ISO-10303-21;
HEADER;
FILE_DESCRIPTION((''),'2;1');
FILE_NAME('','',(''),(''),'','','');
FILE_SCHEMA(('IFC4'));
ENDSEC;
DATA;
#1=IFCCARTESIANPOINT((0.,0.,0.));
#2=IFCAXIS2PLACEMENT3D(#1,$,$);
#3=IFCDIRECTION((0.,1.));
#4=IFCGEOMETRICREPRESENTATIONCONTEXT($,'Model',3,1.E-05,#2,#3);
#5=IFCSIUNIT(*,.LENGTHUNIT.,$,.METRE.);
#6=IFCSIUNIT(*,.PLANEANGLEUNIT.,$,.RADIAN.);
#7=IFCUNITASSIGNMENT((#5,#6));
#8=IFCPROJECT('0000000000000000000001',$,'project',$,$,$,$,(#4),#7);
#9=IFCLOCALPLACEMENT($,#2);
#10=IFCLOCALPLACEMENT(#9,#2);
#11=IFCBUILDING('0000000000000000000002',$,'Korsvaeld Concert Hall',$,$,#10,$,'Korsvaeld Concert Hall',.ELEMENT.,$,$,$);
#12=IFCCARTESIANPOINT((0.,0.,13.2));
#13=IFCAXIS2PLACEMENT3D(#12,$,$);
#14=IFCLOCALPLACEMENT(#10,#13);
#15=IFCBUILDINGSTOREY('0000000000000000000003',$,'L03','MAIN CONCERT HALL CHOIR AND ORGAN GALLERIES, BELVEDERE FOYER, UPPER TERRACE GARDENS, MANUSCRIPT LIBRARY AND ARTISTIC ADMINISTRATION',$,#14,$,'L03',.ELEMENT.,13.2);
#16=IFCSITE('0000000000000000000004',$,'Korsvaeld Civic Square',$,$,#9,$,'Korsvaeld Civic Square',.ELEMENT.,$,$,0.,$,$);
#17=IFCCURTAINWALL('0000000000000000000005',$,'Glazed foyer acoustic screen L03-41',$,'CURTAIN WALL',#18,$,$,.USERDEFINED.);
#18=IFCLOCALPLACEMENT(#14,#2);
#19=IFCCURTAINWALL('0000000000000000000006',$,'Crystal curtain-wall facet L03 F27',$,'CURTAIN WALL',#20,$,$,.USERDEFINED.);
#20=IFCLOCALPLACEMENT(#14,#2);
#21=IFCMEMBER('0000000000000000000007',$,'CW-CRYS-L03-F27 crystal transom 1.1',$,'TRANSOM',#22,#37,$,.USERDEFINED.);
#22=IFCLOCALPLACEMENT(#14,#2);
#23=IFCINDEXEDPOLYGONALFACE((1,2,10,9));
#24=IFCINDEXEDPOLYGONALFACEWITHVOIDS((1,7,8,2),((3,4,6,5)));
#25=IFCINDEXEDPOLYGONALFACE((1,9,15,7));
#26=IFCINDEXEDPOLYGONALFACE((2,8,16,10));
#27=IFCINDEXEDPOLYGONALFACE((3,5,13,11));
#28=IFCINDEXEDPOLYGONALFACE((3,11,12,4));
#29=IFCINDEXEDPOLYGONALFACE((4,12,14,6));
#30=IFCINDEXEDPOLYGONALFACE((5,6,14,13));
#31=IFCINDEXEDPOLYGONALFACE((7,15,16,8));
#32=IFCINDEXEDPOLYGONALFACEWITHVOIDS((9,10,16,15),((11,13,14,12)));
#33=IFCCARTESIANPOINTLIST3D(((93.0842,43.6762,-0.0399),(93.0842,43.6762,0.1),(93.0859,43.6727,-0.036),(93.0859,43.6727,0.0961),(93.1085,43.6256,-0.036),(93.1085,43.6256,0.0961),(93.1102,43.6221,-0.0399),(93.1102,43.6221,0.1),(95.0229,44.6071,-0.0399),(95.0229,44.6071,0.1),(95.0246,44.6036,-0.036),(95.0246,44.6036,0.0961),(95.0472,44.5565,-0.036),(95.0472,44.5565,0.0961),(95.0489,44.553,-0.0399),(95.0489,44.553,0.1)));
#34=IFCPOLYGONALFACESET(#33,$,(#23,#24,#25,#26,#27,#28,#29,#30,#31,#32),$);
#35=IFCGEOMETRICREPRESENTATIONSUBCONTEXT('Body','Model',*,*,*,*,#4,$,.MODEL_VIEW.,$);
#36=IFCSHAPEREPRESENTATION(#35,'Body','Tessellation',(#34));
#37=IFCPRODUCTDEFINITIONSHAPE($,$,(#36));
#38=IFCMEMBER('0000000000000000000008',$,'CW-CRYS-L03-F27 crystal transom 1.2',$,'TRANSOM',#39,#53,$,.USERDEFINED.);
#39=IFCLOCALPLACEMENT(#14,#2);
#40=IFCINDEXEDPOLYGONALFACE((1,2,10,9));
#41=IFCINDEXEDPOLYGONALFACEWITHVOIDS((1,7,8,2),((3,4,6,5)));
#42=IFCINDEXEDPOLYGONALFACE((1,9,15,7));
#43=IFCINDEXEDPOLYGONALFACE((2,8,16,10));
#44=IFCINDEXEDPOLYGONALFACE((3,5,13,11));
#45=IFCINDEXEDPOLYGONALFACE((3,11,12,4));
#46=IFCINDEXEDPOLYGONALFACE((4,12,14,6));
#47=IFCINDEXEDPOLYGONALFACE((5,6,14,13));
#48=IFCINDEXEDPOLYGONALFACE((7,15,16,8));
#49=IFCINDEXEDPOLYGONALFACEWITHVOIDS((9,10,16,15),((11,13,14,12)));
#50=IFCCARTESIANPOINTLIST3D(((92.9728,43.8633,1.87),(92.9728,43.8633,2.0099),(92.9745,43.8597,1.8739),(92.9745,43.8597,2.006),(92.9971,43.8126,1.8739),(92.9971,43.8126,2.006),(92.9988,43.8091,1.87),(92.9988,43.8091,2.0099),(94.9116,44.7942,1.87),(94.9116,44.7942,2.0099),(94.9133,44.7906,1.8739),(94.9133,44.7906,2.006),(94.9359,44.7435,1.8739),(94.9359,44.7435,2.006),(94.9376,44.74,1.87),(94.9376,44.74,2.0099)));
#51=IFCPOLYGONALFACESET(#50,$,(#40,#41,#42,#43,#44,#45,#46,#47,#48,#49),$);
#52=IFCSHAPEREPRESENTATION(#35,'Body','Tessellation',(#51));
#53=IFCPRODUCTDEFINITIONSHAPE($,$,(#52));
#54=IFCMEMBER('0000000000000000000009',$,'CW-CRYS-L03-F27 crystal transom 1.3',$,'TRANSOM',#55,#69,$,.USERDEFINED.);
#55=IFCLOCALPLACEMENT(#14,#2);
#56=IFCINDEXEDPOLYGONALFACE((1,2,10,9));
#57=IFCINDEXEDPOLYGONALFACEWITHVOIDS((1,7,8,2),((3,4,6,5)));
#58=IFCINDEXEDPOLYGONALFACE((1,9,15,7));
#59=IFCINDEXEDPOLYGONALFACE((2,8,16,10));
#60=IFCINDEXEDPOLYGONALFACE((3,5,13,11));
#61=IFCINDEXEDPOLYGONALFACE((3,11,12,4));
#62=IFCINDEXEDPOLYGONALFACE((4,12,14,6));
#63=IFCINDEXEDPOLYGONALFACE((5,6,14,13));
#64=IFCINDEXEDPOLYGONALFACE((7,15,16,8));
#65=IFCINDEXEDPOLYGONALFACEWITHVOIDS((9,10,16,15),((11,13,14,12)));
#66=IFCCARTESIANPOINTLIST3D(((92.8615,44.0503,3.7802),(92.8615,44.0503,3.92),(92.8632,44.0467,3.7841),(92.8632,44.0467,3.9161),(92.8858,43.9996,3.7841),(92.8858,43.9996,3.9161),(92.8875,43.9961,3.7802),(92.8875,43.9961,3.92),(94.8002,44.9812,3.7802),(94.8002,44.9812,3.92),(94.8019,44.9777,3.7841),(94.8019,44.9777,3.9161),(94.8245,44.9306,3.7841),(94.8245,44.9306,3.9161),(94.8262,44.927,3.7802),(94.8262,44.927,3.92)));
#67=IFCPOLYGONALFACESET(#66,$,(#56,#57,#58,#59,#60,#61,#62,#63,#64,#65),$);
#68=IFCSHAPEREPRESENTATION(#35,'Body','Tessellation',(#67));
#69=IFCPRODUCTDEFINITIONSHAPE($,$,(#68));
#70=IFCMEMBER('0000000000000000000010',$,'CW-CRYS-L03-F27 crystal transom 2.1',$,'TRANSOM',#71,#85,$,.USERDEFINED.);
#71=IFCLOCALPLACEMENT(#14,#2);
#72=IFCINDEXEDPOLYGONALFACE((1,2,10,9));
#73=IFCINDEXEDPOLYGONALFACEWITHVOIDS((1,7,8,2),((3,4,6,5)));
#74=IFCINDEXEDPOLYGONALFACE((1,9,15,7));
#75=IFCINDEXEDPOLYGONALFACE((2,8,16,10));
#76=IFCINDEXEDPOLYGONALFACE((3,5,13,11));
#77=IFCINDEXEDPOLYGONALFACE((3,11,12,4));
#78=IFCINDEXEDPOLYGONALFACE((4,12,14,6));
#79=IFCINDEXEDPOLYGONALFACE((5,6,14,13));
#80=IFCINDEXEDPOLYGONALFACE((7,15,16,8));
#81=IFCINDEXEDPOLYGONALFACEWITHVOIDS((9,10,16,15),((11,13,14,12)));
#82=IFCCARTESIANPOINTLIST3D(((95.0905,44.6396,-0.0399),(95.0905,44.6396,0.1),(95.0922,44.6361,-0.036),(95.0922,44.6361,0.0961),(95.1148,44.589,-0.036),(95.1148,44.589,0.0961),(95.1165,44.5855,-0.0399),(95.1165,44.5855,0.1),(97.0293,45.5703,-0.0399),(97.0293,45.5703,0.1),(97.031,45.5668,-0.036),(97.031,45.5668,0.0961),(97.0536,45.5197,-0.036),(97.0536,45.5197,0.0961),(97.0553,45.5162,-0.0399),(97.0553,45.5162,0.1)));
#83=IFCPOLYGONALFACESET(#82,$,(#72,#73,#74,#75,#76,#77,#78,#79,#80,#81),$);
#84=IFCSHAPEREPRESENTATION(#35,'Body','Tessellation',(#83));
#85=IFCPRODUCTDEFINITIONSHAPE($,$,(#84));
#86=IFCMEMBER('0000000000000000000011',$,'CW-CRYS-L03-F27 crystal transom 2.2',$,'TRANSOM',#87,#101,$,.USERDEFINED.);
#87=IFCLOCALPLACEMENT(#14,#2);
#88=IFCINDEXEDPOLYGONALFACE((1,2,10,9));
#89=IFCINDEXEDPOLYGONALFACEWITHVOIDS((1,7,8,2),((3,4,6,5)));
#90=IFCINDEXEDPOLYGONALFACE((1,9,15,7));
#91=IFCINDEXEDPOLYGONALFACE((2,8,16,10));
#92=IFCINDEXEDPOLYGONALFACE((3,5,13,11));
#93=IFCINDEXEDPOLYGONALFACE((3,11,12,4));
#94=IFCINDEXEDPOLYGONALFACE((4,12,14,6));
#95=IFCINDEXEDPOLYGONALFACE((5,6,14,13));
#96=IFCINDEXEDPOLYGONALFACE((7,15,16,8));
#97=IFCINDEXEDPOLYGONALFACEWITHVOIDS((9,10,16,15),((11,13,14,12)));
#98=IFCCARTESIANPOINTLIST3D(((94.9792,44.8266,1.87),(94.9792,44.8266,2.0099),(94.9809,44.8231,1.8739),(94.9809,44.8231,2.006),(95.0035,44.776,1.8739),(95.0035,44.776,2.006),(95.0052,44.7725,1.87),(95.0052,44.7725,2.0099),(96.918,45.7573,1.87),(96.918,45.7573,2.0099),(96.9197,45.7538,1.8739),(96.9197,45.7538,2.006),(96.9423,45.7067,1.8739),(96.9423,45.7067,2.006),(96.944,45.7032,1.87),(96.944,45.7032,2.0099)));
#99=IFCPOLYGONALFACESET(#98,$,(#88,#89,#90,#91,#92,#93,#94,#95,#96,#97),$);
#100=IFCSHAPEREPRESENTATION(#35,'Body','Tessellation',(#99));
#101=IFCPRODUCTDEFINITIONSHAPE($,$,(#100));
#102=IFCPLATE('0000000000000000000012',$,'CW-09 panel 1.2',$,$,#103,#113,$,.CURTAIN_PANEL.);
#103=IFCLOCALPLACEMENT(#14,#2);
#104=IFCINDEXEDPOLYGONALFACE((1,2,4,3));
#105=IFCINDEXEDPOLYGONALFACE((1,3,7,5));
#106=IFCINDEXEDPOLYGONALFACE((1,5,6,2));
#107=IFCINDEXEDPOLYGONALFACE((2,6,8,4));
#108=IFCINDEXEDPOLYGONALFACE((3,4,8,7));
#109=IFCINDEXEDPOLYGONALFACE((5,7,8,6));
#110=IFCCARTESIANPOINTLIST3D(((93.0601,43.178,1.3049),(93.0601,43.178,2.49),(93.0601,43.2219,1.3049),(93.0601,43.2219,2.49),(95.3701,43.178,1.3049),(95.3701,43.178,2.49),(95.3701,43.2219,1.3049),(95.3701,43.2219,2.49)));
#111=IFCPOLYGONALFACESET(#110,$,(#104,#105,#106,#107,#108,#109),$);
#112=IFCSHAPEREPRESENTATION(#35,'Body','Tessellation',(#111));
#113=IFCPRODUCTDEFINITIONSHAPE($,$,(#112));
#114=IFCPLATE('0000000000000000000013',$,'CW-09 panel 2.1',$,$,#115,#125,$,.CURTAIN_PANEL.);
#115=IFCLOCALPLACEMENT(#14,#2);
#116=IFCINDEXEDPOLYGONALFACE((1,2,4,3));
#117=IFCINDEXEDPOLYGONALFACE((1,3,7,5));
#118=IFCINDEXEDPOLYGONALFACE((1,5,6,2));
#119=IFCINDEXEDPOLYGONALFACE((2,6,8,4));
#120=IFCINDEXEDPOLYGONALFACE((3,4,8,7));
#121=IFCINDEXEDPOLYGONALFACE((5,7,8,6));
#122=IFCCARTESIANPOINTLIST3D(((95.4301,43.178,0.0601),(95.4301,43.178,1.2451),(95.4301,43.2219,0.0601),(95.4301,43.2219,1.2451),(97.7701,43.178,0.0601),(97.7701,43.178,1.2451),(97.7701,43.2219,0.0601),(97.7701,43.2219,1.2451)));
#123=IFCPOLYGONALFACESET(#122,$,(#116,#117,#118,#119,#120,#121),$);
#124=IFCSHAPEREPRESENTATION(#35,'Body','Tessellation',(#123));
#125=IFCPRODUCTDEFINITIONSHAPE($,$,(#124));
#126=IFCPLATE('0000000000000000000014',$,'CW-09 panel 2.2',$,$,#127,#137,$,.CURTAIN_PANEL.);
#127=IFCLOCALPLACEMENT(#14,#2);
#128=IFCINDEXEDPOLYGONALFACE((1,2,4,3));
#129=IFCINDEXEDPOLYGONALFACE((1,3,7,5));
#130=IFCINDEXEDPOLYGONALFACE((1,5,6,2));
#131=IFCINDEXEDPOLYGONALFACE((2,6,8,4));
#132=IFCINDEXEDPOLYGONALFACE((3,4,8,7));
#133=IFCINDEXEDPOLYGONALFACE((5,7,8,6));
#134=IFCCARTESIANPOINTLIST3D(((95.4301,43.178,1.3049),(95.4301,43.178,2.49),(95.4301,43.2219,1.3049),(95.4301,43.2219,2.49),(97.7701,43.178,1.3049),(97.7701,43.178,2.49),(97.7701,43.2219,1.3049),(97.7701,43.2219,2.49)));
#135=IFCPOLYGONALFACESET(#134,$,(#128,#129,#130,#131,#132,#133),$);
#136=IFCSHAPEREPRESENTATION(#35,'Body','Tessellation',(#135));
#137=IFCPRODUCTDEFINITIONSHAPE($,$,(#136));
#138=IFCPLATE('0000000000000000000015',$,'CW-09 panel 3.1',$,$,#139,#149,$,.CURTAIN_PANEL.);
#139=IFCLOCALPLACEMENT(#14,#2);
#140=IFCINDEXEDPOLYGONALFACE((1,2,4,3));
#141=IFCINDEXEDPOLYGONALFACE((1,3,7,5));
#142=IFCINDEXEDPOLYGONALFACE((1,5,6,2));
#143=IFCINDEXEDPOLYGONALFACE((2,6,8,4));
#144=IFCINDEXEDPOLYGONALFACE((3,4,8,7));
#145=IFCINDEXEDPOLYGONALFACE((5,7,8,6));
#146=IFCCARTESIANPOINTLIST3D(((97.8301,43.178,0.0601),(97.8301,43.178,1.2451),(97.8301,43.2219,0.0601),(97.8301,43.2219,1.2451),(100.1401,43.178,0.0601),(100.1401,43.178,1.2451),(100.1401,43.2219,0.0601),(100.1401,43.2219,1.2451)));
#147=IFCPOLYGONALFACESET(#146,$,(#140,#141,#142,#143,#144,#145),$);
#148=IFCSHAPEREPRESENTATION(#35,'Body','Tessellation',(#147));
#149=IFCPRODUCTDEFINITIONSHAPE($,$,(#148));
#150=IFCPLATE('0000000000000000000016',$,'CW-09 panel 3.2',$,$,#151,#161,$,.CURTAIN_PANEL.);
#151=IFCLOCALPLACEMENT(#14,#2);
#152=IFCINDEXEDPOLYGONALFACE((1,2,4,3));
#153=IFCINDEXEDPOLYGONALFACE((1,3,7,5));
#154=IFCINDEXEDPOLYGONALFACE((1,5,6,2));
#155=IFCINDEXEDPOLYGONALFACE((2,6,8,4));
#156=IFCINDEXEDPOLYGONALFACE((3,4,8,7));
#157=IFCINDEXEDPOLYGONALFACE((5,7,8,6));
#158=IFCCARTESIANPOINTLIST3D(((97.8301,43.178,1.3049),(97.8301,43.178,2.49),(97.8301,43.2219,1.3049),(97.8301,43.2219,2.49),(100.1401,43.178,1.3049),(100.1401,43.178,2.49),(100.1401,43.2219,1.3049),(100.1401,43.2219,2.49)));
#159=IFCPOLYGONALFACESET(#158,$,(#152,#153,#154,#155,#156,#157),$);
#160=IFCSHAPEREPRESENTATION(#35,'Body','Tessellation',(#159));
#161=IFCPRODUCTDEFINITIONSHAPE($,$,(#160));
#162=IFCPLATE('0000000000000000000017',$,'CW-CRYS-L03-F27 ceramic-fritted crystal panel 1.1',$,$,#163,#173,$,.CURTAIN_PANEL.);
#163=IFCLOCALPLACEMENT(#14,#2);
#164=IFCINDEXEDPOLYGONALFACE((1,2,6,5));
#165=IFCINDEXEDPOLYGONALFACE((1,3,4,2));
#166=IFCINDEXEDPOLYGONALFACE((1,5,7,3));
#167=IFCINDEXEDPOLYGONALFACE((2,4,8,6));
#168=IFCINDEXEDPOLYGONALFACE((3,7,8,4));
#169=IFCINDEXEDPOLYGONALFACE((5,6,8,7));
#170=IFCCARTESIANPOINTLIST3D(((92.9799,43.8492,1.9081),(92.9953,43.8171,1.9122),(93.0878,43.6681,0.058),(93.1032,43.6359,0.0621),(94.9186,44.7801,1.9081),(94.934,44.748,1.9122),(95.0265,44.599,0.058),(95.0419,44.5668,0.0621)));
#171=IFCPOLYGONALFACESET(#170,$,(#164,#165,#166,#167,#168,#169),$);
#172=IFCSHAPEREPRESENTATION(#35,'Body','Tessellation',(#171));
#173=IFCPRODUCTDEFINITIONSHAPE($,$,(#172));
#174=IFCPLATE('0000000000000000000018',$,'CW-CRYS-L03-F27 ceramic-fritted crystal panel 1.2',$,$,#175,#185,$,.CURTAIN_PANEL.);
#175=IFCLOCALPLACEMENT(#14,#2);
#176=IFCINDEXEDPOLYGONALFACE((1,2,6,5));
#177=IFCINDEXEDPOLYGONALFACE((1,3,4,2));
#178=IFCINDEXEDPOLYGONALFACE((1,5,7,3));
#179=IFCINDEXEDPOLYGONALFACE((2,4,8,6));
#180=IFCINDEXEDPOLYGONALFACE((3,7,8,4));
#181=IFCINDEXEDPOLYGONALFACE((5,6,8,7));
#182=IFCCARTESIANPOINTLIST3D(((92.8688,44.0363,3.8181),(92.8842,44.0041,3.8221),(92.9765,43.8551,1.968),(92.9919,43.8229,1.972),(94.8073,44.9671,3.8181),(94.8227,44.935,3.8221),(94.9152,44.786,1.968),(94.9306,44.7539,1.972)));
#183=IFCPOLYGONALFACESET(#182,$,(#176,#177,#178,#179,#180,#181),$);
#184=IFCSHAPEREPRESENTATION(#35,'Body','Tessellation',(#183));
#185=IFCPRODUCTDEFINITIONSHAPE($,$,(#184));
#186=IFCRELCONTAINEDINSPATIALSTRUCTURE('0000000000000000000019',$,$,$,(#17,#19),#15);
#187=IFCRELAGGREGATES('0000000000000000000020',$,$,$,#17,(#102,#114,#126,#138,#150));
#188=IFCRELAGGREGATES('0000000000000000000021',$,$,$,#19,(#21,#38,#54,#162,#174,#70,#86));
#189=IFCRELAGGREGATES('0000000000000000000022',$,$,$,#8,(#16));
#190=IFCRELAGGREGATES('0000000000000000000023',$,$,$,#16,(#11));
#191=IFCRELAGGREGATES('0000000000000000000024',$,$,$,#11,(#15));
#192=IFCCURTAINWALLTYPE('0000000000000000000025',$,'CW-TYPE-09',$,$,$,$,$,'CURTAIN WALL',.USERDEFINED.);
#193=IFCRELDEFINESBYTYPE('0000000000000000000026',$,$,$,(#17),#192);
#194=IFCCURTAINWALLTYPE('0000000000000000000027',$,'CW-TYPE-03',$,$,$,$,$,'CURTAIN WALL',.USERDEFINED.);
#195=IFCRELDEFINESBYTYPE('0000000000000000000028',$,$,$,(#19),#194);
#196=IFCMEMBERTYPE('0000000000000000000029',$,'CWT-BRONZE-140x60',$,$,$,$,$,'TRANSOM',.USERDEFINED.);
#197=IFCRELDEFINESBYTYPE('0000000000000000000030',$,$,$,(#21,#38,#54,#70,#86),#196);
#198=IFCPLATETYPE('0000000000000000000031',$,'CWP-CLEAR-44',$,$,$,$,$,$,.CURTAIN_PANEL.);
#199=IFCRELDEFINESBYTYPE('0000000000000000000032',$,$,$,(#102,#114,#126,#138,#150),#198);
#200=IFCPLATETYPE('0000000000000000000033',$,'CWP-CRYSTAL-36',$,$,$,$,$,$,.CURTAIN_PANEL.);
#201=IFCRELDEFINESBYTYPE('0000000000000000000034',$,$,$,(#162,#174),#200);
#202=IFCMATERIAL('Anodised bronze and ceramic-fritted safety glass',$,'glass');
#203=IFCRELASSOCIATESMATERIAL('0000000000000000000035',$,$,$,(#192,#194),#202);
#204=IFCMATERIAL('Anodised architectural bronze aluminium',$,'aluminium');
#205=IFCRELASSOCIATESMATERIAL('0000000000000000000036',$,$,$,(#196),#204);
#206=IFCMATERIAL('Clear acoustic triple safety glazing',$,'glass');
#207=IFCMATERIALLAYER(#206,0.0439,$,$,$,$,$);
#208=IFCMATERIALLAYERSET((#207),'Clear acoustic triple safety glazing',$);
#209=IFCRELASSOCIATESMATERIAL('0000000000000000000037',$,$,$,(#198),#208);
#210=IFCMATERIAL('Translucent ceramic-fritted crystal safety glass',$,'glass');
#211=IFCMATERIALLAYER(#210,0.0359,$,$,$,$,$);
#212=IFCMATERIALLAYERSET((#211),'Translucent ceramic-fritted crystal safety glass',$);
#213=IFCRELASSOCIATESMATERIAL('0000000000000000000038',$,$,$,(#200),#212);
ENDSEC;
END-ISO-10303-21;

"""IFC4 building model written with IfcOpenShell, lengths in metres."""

from ifc_helpers import new_model, si_unit, direction, frame, origin, origin_2d, place, context, subcontext, project, spatial, polyline, rectangle, hollow_rectangle, outline, extrude, material, layer, layer_set, material_profile, profile_set, type_object, element, aggregate, save


model = new_model("IFC4")

# Units and contexts
model_context = context("Model", 3, precision=1e-05, world=origin(), true_north=direction((0.0, 1.0)))
body_context = subcontext(model_context, "Body", "Model", "MODEL_VIEW")
ifc_project = project(units=[si_unit("LENGTHUNIT", "METRE"), si_unit("PLANEANGLEUNIT", "RADIAN")], contexts=[model_context])

# Site, building, storey
site_placement = place(None, origin())
site = spatial("IfcSite", under=ifc_project, at=site_placement, Name="Korsvaeld Civic Square", LongName="Korsvaeld Civic Square", CompositionType="ELEMENT", RefElevation=0.0)
building_placement = place(site_placement, origin())
building = spatial("IfcBuilding", under=site, at=building_placement, Name="Korsvaeld Concert Hall", LongName="Korsvaeld Concert Hall", CompositionType="ELEMENT")
storey_placement = place(building_placement, frame((0.0, 0.0, 13.2)))
storey = spatial("IfcBuildingStorey", under=building, at=storey_placement, Name="L03", Description="MAIN CONCERT HALL CHOIR AND ORGAN GALLERIES, BELVEDERE FOYER, UPPER TERRACE GARDENS, MANUSCRIPT LIBRARY AND ARTISTIC ADMINISTRATION", LongName="L03", CompositionType="ELEMENT", Elevation=13.2)

# Curtain wall
ifc_material_1 = material(Name="Anodised bronze and ceramic-fritted safety glass", Category="glass")
curtain_wall_type_1 = type_object("IfcCurtainWallType", Name="CW-TYPE-09", ElementType="CURTAIN WALL", PredefinedType="USERDEFINED", material=ifc_material_1)
curtain_wall_1_placement = place(storey_placement, origin())
curtain_wall_1 = element("IfcCurtainWall", 1, at=curtain_wall_1_placement, inside=storey, type_object=curtain_wall_type_1, Name="Glazed foyer acoustic screen L03-41", ObjectType="CURTAIN WALL", PredefinedType="USERDEFINED")
ifc_material_2 = material(Name="Anodised architectural bronze aluminium", Category="aluminium")

# Curtain wall
curtain_wall_type_2 = type_object("IfcCurtainWallType", Name="CW-TYPE-03", ElementType="CURTAIN WALL", PredefinedType="USERDEFINED", material=ifc_material_1)
curtain_wall_2_placement = place(storey_placement, origin())
curtain_wall_2 = element("IfcCurtainWall", 2, at=curtain_wall_2_placement, inside=storey, type_object=curtain_wall_type_2, Name="Crystal curtain-wall facet L03 F27", ObjectType="CURTAIN WALL", PredefinedType="USERDEFINED")

# Members
ifc_material_profile_1 = material_profile(ifc_material_2, hollow_rectangle(XDim=0.0601, YDim=0.1399, WallThickness=0.0039, at=origin_2d()), Name="CWT 140x60x4")
ifc_profile_set_1 = profile_set([ifc_material_profile_1], Name="Anodised architectural bronze aluminium")
member_type_1 = type_object("IfcMemberType", Name="CWT-BRONZE-140x60", ElementType="TRANSOM", PredefinedType="USERDEFINED", material=ifc_profile_set_1)
member_1_placement = place(storey_placement, frame((93.0972, 43.6492, 0.03), z_axis=(0.901465, 0.432853, 0.0), x_axis=(-0.432853, 0.901465, 0.0)))
member_1 = element("IfcMember", 3, at=member_1_placement, type_object=member_type_1, Name="CW-CRYS-L03-F27 crystal transom 1.1", ObjectType="TRANSOM", PredefinedType="USERDEFINED", context=body_context, shape_type="SweptSolid", body=[
    extrude(hollow_rectangle(XDim=0.0601, YDim=0.1399, WallThickness=0.0039, at=origin_2d()), origin(), (0.0, 0.0, 1.0), 2.1506),
])
member_2_placement = place(storey_placement, frame((92.9858, 43.8362, 1.9399), z_axis=(0.901465, 0.432853, 0.0), x_axis=(-0.432853, 0.901465, 0.0)))
member_2 = element("IfcMember", 4, at=member_2_placement, type_object=member_type_1, Name="CW-CRYS-L03-F27 crystal transom 1.2", ObjectType="TRANSOM", PredefinedType="USERDEFINED", context=body_context, shape_type="SweptSolid", body=[
    extrude(hollow_rectangle(XDim=0.0601, YDim=0.1399, WallThickness=0.0039, at=origin_2d()), origin(), (0.0, 0.0, 1.0), 2.1506),
])
member_3_placement = place(storey_placement, frame((92.8745, 44.0232, 3.8501), z_axis=(0.901465, 0.432853, 0.0), x_axis=(-0.432853, 0.901465, 0.0)))
member_3 = element("IfcMember", 5, at=member_3_placement, type_object=member_type_1, Name="CW-CRYS-L03-F27 crystal transom 1.3", ObjectType="TRANSOM", PredefinedType="USERDEFINED", context=body_context, shape_type="SweptSolid", body=[
    extrude(hollow_rectangle(XDim=0.0601, YDim=0.1399, WallThickness=0.0039, at=origin_2d()), origin(), (0.0, 0.0, 1.0), 2.1506),
])
member_4_placement = place(storey_placement, frame((95.1035, 44.6125, 0.03), z_axis=(0.901509, 0.432761, 0.0), x_axis=(-0.432761, 0.901509, 0.0)))
member_4 = element("IfcMember", 6, at=member_4_placement, type_object=member_type_1, Name="CW-CRYS-L03-F27 crystal transom 2.1", ObjectType="TRANSOM", PredefinedType="USERDEFINED", context=body_context, shape_type="SweptSolid", body=[
    extrude(hollow_rectangle(XDim=0.0601, YDim=0.1399, WallThickness=0.0039, at=origin_2d()), origin(), (0.0, 0.0, 1.0), 2.1506),
])
member_5_placement = place(storey_placement, frame((94.9922, 44.7996, 1.9399), z_axis=(0.901509, 0.432761, 0.0), x_axis=(-0.432761, 0.901509, 0.0)))
member_5 = element("IfcMember", 7, at=member_5_placement, type_object=member_type_1, Name="CW-CRYS-L03-F27 crystal transom 2.2", ObjectType="TRANSOM", PredefinedType="USERDEFINED", context=body_context, shape_type="SweptSolid", body=[
    extrude(hollow_rectangle(XDim=0.0601, YDim=0.1399, WallThickness=0.0039, at=origin_2d()), origin(), (0.0, 0.0, 1.0), 2.1506),
])

# Plates
ifc_material_3 = material(Name="Clear acoustic triple safety glazing", Category="glass")
ifc_layer_1 = layer(ifc_material_3, 0.0439)
ifc_layer_set_1 = layer_set([ifc_layer_1], Name="Clear acoustic triple safety glazing")
plate_type_1 = type_object("IfcPlateType", Name="CWP-CLEAR-44", PredefinedType="CURTAIN_PANEL", material=ifc_layer_set_1)
plate_1_placement = place(storey_placement, frame((94.2151, 43.2, 1.3049), z_axis=(0.0, 0.0, 1.0), x_axis=(1.0, 0.0, 0.0)))
plate_1 = element("IfcPlate", 8, at=plate_1_placement, type_object=plate_type_1, Name="CW-09 panel 1.2", PredefinedType="CURTAIN_PANEL", context=body_context, shape_type="SweptSolid", body=[
    extrude(rectangle(XDim=2.3101, YDim=0.0439, at=origin_2d()), origin(), (0.0, 0.0, 1.0), 1.1851),
])
plate_2_placement = place(storey_placement, frame((96.6001, 43.2, 0.0601), z_axis=(0.0, 0.0, 1.0), x_axis=(1.0, 0.0, 0.0)))
plate_2 = element("IfcPlate", 9, at=plate_2_placement, type_object=plate_type_1, Name="CW-09 panel 2.1", PredefinedType="CURTAIN_PANEL", context=body_context, shape_type="SweptSolid", body=[
    extrude(rectangle(XDim=2.3401, YDim=0.0439, at=origin_2d()), origin(), (0.0, 0.0, 1.0), 1.1851),
])
plate_3_placement = place(storey_placement, frame((96.6001, 43.2, 1.3049), z_axis=(0.0, 0.0, 1.0), x_axis=(1.0, 0.0, 0.0)))
plate_3 = element("IfcPlate", 10, at=plate_3_placement, type_object=plate_type_1, Name="CW-09 panel 2.2", PredefinedType="CURTAIN_PANEL", context=body_context, shape_type="SweptSolid", body=[
    extrude(rectangle(XDim=2.3401, YDim=0.0439, at=origin_2d()), origin(), (0.0, 0.0, 1.0), 1.1851),
])
plate_4_placement = place(storey_placement, frame((98.9851, 43.2, 0.0601), z_axis=(0.0, 0.0, 1.0), x_axis=(1.0, 0.0, 0.0)))
plate_4 = element("IfcPlate", 11, at=plate_4_placement, type_object=plate_type_1, Name="CW-09 panel 3.1", PredefinedType="CURTAIN_PANEL", context=body_context, shape_type="SweptSolid", body=[
    extrude(rectangle(XDim=2.3101, YDim=0.0439, at=origin_2d()), origin(), (0.0, 0.0, 1.0), 1.1851),
])
plate_5_placement = place(storey_placement, frame((98.9851, 43.2, 1.3049), z_axis=(0.0, 0.0, 1.0), x_axis=(1.0, 0.0, 0.0)))
plate_5 = element("IfcPlate", 12, at=plate_5_placement, type_object=plate_type_1, Name="CW-09 panel 3.2", PredefinedType="CURTAIN_PANEL", context=body_context, shape_type="SweptSolid", body=[
    extrude(rectangle(XDim=2.3101, YDim=0.0439, at=origin_2d()), origin(), (0.0, 0.0, 1.0), 1.1851),
])
aggregate(curtain_wall_1, [plate_1, plate_2, plate_3, plate_4, plate_5])
ifc_material_4 = material(Name="Translucent ceramic-fritted crystal safety glass", Category="glass")
ifc_layer_2 = layer(ifc_material_4, 0.0359)
ifc_layer_set_2 = layer_set([ifc_layer_2], Name="Translucent ceramic-fritted crystal safety glass")
plate_type_2 = type_object("IfcPlateType", Name="CWP-CRYSTAL-36", PredefinedType="CURTAIN_PANEL", material=ifc_layer_set_2)
plate_6_placement = place(storey_placement, frame((93.0955, 43.6521, 0.0601), z_axis=(0.430091, -0.895712, 0.112789), x_axis=(0.901465, 0.432853, 0.0)))
plate_6 = element("IfcPlate", 13, at=plate_6_placement, type_object=plate_type_2, Name="CW-CRYS-L03-F27 ceramic-fritted crystal panel 1.1", PredefinedType="CURTAIN_PANEL", context=body_context, shape_type="SweptSolid", body=[
    extrude(outline(polyline([(0.0, 0.0), (2.1506, 0.0), (2.1318, 1.862), (-0.0189, 1.862), (0.0, 0.0)])), frame((0.0, 0.0, 0.0181)), (0.0, 0.0, -1.0), 0.0359),
])
plate_7_placement = place(storey_placement, frame((92.9841, 43.8391, 1.97), z_axis=(0.430114, -0.895705, 0.112762), x_axis=(0.901454, 0.432875, -0.000003)))
plate_7 = element("IfcPlate", 14, at=plate_7_placement, type_object=plate_type_2, Name="CW-CRYS-L03-F27 ceramic-fritted crystal panel 1.2", PredefinedType="CURTAIN_PANEL", context=body_context, shape_type="SweptSolid", body=[
    extrude(outline(polyline([(0.0, 0.0), (2.1506, 0.0), (2.1318, 1.862), (-0.0186, 1.862), (0.0, 0.0)])), frame((0.0, 0.0, 0.0181)), (0.0, 0.0, -1.0), 0.0359),
])
aggregate(curtain_wall_2, [member_1, member_2, member_3, plate_6, plate_7, member_4, member_5])

save(model, "model.ifc")
